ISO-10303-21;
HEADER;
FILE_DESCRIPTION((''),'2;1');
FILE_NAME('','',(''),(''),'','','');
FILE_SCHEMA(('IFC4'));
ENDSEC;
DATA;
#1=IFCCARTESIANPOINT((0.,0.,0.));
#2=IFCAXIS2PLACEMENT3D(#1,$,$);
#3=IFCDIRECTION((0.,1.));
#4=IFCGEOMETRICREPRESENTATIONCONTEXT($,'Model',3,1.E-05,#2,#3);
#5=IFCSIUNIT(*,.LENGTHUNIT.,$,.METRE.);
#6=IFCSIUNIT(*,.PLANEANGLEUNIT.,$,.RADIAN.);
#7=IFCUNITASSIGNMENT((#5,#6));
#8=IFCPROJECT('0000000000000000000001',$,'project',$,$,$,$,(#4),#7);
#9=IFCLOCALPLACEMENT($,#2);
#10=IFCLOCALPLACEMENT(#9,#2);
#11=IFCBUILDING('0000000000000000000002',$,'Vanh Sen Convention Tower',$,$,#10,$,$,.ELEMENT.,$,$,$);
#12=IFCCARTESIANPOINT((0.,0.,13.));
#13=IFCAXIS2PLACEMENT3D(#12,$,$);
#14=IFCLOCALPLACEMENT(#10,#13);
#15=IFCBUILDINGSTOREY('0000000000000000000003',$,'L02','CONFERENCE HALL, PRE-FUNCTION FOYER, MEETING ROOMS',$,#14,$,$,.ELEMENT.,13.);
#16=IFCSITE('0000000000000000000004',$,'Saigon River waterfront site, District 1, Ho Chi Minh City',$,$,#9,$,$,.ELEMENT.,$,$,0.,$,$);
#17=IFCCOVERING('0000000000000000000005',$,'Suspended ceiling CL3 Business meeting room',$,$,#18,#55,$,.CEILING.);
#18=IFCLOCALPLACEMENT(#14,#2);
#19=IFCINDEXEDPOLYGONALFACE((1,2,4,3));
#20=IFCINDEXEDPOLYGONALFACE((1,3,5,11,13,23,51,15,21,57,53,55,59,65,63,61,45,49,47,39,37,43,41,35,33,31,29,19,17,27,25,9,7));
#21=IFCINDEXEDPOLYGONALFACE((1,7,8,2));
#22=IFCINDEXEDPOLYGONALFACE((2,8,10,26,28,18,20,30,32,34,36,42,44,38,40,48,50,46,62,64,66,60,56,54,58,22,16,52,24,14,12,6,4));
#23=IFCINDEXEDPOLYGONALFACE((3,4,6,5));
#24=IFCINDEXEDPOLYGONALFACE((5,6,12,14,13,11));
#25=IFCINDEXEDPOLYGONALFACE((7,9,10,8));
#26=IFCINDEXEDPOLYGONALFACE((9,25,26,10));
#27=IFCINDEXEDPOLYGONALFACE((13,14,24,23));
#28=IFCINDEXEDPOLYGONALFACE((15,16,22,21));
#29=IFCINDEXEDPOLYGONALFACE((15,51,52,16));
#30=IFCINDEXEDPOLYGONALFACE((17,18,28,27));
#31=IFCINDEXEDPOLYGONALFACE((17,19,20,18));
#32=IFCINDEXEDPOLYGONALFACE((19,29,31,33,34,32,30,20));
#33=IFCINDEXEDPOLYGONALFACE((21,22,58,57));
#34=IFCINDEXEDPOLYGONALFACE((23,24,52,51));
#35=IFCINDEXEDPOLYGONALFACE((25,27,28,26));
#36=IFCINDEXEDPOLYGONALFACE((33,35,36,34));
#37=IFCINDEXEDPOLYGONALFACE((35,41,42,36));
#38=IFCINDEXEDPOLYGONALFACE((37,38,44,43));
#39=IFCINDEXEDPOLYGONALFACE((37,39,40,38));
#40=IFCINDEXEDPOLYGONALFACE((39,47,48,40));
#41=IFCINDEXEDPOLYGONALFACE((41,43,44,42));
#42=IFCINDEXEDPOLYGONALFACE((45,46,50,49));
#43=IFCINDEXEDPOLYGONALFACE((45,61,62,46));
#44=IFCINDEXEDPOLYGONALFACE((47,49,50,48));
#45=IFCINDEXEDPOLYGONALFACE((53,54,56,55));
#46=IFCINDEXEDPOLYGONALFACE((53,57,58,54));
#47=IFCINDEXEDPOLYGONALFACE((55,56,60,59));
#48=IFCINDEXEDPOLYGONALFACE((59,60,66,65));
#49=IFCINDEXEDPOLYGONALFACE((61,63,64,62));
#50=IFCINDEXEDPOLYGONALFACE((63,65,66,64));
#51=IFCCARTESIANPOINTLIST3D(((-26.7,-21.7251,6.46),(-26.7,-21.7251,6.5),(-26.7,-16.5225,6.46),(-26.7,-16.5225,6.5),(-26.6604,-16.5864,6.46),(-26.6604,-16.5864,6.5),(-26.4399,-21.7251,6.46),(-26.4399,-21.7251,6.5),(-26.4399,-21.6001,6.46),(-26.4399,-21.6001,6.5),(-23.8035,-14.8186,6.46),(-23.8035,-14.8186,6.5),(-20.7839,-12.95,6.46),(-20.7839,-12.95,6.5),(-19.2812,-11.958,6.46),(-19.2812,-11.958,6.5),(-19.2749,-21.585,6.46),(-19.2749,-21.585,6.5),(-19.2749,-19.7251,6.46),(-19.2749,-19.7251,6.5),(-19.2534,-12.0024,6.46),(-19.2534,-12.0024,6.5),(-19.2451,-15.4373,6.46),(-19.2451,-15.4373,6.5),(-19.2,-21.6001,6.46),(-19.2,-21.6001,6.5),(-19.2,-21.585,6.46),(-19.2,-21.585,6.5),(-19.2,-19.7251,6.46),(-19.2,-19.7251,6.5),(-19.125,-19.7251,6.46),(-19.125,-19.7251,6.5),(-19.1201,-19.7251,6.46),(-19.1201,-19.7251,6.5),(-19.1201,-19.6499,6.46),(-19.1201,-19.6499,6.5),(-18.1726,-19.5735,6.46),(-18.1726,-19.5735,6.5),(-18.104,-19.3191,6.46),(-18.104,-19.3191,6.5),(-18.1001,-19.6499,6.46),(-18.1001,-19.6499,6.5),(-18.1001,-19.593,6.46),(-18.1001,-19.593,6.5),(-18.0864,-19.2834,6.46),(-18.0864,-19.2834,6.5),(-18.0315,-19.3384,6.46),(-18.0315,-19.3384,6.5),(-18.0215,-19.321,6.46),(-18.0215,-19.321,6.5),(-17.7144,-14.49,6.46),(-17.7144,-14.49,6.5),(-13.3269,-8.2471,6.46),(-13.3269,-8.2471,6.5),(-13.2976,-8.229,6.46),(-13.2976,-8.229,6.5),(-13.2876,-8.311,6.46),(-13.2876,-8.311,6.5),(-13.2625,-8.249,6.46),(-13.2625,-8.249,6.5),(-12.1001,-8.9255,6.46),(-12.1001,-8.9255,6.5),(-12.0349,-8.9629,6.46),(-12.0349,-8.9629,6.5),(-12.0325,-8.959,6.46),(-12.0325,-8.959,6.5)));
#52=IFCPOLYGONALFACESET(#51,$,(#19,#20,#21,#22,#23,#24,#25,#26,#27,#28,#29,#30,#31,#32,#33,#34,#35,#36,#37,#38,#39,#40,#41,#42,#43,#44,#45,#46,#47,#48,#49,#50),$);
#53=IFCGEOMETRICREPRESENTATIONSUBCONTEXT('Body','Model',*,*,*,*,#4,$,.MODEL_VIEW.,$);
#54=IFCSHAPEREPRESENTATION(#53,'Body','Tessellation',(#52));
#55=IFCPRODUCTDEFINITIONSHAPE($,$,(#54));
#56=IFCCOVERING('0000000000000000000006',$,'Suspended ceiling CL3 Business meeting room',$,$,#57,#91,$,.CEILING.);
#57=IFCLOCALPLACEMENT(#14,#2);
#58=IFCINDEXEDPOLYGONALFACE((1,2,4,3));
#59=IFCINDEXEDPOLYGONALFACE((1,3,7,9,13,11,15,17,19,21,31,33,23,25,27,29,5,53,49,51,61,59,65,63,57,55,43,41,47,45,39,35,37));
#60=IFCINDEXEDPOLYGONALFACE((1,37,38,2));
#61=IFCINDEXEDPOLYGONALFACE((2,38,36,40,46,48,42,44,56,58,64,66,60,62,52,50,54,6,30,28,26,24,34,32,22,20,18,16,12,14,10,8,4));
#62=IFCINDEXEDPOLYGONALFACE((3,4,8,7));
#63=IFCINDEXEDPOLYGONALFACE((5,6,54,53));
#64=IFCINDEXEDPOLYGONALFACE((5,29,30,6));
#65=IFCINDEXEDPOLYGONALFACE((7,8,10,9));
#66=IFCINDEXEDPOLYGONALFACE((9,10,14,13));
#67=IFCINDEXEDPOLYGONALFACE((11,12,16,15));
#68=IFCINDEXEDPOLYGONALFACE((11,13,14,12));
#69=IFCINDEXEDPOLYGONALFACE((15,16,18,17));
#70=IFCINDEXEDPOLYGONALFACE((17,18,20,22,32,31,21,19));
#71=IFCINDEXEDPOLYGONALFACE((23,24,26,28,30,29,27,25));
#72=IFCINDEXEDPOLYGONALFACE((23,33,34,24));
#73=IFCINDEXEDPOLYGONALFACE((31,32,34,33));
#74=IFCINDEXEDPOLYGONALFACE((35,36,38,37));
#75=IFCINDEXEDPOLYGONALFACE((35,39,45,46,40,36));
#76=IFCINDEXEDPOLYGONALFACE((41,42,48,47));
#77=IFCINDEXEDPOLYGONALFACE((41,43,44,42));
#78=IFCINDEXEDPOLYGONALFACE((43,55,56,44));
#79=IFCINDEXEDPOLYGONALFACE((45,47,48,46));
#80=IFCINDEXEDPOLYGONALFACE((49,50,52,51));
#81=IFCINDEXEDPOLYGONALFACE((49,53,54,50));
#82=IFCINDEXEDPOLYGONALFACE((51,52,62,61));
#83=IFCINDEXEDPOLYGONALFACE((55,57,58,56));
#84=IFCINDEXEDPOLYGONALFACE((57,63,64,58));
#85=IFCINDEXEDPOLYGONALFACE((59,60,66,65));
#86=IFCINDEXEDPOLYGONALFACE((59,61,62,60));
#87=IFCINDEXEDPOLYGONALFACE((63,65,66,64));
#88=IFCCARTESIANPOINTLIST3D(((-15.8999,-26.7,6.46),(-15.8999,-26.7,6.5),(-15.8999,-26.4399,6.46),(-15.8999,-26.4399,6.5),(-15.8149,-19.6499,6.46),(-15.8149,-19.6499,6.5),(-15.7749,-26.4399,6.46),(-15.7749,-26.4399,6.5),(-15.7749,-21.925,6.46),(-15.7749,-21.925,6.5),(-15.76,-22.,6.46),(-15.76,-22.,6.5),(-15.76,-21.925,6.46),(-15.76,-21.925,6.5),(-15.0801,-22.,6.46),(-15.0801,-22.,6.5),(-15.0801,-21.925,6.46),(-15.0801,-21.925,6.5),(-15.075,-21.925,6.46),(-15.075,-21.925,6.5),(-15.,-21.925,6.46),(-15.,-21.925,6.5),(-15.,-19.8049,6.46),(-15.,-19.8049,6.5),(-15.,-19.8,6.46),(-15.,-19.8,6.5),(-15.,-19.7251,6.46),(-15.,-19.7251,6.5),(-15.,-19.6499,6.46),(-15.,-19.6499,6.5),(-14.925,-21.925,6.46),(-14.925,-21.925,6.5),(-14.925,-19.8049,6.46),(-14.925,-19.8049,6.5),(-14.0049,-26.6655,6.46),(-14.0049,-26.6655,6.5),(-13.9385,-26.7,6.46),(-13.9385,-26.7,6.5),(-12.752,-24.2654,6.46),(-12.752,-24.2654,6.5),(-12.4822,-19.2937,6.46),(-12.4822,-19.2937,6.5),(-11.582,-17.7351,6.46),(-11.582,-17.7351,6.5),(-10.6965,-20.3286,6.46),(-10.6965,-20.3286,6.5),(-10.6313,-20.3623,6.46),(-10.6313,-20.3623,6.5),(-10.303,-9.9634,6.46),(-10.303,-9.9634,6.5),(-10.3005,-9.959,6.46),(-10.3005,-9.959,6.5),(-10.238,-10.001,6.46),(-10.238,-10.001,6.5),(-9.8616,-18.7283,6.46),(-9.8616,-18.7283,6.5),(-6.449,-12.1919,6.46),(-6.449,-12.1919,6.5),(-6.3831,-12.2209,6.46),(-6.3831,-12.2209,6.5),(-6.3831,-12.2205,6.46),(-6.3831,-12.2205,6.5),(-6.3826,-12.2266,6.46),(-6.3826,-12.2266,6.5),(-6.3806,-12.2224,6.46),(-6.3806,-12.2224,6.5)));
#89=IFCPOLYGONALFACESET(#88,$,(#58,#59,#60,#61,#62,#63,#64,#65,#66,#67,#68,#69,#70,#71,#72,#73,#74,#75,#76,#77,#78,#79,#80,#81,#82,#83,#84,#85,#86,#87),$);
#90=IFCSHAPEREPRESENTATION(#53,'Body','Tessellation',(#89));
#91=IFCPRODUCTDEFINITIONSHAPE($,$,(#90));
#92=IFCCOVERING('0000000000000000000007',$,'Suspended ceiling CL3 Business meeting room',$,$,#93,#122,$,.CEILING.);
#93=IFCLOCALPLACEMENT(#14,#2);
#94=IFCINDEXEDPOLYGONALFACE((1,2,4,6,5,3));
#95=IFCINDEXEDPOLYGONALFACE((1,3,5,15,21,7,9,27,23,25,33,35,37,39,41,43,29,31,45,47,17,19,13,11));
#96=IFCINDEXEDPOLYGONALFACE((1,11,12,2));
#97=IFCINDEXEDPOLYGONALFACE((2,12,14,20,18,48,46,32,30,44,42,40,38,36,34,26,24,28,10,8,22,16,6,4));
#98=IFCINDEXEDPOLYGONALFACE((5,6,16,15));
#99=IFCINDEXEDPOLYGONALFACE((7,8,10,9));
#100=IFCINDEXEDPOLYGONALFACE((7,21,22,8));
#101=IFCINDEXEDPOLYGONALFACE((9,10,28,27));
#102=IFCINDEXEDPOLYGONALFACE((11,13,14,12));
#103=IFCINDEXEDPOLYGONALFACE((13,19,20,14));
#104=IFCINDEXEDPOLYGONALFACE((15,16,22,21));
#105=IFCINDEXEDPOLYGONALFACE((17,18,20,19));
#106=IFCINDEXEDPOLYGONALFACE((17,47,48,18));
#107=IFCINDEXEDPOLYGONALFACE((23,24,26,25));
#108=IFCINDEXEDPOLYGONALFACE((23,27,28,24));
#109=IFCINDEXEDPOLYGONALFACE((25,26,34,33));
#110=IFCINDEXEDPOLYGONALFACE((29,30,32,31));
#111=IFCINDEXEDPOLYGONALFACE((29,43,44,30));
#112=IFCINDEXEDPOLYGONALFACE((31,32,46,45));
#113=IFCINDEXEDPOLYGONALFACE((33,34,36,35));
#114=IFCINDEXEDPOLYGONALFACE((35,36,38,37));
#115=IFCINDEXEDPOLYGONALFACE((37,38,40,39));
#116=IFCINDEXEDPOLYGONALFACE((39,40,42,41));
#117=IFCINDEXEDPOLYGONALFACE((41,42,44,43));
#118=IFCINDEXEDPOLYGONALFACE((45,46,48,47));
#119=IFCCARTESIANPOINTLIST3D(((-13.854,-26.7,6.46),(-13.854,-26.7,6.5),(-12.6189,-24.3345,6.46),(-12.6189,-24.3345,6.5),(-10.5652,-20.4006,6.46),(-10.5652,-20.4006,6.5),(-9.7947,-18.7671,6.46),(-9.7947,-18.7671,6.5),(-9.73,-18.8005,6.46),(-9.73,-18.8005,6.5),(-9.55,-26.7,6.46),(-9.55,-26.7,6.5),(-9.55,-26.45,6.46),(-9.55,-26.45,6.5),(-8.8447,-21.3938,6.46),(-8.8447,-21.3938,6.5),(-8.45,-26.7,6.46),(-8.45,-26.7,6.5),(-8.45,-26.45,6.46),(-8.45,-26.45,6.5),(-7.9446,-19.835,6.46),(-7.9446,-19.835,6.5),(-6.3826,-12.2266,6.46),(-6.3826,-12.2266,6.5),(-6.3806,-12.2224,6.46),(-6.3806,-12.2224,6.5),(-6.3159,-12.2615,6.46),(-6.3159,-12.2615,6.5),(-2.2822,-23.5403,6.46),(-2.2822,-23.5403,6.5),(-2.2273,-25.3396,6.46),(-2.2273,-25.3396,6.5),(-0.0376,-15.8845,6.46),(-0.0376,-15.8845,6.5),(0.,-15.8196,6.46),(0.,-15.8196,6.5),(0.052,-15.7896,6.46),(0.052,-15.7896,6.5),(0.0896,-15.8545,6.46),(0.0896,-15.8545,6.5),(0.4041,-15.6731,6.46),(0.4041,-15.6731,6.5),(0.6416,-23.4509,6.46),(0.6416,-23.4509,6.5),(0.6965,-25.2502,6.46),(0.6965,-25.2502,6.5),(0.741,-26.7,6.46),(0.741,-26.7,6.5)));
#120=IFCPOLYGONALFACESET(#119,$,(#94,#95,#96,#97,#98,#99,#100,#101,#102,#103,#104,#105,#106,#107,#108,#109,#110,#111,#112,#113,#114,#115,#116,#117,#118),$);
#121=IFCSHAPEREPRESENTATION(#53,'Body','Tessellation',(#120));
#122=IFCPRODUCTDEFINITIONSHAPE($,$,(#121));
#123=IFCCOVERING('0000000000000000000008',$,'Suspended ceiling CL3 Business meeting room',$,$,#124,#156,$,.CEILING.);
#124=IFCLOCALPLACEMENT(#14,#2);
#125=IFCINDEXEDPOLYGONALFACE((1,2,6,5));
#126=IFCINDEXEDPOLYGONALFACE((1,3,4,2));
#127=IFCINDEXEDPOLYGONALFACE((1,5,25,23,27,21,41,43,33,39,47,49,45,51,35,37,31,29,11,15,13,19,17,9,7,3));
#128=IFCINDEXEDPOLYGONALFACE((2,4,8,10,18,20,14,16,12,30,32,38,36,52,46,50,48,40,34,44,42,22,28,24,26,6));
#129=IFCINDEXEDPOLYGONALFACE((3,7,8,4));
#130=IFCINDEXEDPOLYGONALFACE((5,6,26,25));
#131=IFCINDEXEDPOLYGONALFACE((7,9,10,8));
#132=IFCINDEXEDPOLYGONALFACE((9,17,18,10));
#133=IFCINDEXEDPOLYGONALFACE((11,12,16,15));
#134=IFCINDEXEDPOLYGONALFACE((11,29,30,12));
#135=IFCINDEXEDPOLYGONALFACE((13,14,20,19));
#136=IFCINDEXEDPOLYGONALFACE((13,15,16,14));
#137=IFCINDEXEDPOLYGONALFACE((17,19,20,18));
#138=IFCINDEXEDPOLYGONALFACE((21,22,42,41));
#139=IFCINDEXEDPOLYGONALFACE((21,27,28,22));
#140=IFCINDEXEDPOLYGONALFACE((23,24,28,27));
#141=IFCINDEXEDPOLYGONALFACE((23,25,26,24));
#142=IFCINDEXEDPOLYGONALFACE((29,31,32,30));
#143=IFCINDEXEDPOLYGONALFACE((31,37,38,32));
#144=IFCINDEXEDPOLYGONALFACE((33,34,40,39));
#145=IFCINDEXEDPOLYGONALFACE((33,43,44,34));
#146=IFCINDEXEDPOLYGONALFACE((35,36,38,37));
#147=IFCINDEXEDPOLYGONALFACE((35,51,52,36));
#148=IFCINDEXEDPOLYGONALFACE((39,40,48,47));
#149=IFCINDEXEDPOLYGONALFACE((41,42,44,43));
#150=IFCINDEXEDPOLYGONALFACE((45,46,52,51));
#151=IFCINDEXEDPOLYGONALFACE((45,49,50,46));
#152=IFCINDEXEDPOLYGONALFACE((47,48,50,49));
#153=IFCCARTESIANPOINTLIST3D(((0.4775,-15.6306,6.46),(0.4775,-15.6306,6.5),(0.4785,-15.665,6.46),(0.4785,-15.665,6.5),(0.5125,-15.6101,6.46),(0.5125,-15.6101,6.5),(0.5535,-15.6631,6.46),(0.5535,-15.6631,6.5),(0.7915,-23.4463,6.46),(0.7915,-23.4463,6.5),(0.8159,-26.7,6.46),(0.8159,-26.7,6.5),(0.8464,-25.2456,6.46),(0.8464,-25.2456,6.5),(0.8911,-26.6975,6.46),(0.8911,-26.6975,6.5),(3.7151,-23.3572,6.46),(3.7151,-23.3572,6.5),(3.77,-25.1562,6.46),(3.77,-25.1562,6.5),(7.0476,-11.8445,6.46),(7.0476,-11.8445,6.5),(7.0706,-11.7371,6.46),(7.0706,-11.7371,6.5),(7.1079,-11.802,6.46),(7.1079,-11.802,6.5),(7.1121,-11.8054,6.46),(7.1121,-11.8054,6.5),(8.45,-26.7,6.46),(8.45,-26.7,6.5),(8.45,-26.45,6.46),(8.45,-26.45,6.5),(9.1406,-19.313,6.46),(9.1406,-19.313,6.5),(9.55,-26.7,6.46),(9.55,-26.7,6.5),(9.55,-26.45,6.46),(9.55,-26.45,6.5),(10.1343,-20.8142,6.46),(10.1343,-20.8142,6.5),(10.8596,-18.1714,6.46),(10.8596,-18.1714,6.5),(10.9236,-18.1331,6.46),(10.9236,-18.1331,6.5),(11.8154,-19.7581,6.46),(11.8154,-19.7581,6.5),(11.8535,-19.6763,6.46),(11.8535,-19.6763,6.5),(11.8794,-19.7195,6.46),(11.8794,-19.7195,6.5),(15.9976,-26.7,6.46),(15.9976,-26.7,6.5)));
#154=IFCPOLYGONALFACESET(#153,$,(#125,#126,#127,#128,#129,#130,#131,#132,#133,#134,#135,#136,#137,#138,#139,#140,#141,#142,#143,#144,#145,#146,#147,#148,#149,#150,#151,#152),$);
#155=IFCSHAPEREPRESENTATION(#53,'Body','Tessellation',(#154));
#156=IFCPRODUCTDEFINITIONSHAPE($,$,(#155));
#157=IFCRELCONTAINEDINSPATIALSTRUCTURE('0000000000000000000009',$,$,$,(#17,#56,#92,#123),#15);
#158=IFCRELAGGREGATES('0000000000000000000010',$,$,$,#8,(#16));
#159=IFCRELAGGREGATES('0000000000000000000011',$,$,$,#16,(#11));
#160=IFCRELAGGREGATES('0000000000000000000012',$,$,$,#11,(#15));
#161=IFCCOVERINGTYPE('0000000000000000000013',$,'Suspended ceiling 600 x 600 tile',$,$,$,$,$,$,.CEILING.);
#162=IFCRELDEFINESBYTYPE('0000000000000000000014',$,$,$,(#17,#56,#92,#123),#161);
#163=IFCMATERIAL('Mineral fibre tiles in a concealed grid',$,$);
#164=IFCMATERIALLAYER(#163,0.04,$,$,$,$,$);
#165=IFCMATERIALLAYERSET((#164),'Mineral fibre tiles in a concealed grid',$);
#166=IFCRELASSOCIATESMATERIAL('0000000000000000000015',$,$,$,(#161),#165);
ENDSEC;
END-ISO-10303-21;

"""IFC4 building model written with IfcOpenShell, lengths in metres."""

from ifc_helpers import new_model, si_unit, direction, frame, origin, place, context, subcontext, project, spatial, polyline, outline, extrude, material, layer, layer_set, type_object, element, save


model = new_model("IFC4")

# Units and contexts
model_context = context("Model", 3, precision=1e-05, world=origin(), true_north=direction((0.0, 1.0)))
body_context = subcontext(model_context, "Body", "Model", "MODEL_VIEW")
ifc_project = project(units=[si_unit("LENGTHUNIT", "METRE"), si_unit("PLANEANGLEUNIT", "RADIAN")], contexts=[model_context])

# Site, building, storey
site_placement = place(None, origin())
site = spatial("IfcSite", under=ifc_project, at=site_placement, Name="Saigon River waterfront site, District 1, Ho Chi Minh City", CompositionType="ELEMENT", RefElevation=0.0)
building_placement = place(site_placement, origin())
building = spatial("IfcBuilding", under=site, at=building_placement, Name="Vanh Sen Convention Tower", CompositionType="ELEMENT")
storey_placement = place(building_placement, frame((0.0, 0.0, 13.0)))
storey = spatial("IfcBuildingStorey", under=building, at=storey_placement, Name="L02", Description="CONFERENCE HALL, PRE-FUNCTION FOYER, MEETING ROOMS", CompositionType="ELEMENT", Elevation=13.0)

# Coverings
ifc_material_1 = material(Name="Mineral fibre tiles in a concealed grid")
ifc_layer_1 = layer(ifc_material_1, 0.04)
ifc_layer_set_1 = layer_set([ifc_layer_1], Name="Mineral fibre tiles in a concealed grid")
covering_type = type_object("IfcCoveringType", Name="Suspended ceiling 600 x 600 tile", PredefinedType="CEILING", material=ifc_layer_set_1)
covering_1_placement = place(storey_placement, frame((0.0, 0.0, 6.46)))
element("IfcCovering", 1, at=covering_1_placement, inside=storey, type_object=covering_type, Name="Suspended ceiling CL3 Business meeting room", PredefinedType="CEILING", context=body_context, shape_type="SweptSolid", body=[
    extrude(outline(polyline([(-26.4399, -21.6001), (-19.2, -21.6001), (-19.2, -21.585), (-19.2749, -21.585), (-19.2749, -19.7251), (-19.2, -19.7251), (-19.125, -19.7251), (-19.1201, -19.7251), (-19.1201, -19.6499), (-18.1001, -19.6499), (-18.1001, -19.593), (-18.1726, -19.5735), (-18.104, -19.3191), (-18.0315, -19.3384), (-18.0215, -19.321), (-18.0864, -19.2834), (-12.1001, -8.9255), (-12.0349, -8.9629), (-12.0325, -8.959), (-13.2625, -8.249), (-13.2976, -8.229), (-13.3269, -8.2471), (-13.2876, -8.311), (-19.2534, -12.0024), (-19.2812, -11.958), (-17.7144, -14.49), (-19.2451, -15.4373), (-20.7839, -12.95), (-23.8035, -14.8186), (-26.6604, -16.5864), (-26.7, -16.5225), (-26.7, -21.7251), (-26.4399, -21.7251), (-26.4399, -21.6001)])), origin(), (0.0, 0.0, 1.0), 0.04),
])
covering_2_placement = place(storey_placement, frame((0.0, 0.0, 6.46)))
element("IfcCovering", 2, at=covering_2_placement, inside=storey, type_object=covering_type, Name="Suspended ceiling CL3 Business meeting room", PredefinedType="CEILING", context=body_context, shape_type="SweptSolid", body=[
    extrude(outline(polyline([(-15.0, -19.7251), (-15.0, -19.8), (-15.0, -19.8049), (-14.925, -19.8049), (-14.925, -21.925), (-15.0, -21.925), (-15.075, -21.925), (-15.0801, -21.925), (-15.0801, -22.0), (-15.76, -22.0), (-15.76, -21.925), (-15.7749, -21.925), (-15.7749, -26.4399), (-15.8999, -26.4399), (-15.8999, -26.7), (-13.9385, -26.7), (-14.0049, -26.6655), (-12.752, -24.2654), (-10.6965, -20.3286), (-10.6313, -20.3623), (-12.4822, -19.2937), (-11.582, -17.7351), (-9.8616, -18.7283), (-6.449, -12.1919), (-6.3826, -12.2266), (-6.3806, -12.2224), (-6.3831, -12.2209), (-6.3831, -12.2205), (-10.3005, -9.959), (-10.303, -9.9634), (-10.238, -10.001), (-15.8149, -19.6499), (-15.0, -19.6499), (-15.0, -19.7251)])), origin(), (0.0, 0.0, 1.0), 0.04),
])
covering_3_placement = place(storey_placement, frame((0.0, 0.0, 6.46)))
element("IfcCovering", 3, at=covering_3_placement, inside=storey, type_object=covering_type, Name="Suspended ceiling CL3 Business meeting room", PredefinedType="CEILING", context=body_context, shape_type="SweptSolid", body=[
    extrude(outline(polyline([(0.0896, -15.8545), (0.052, -15.7896), (0.0, -15.8196), (-0.0376, -15.8845), (-6.3806, -12.2224), (-6.3826, -12.2266), (-6.3159, -12.2615), (-9.73, -18.8005), (-9.7947, -18.7671), (-7.9446, -19.835), (-8.8447, -21.3938), (-10.5652, -20.4006), (-12.6189, -24.3345), (-13.854, -26.7), (-9.55, -26.7), (-9.55, -26.45), (-8.45, -26.45), (-8.45, -26.7), (0.741, -26.7), (0.6965, -25.2502), (-2.2273, -25.3396), (-2.2822, -23.5403), (0.6416, -23.4509), (0.4041, -15.6731), (0.0896, -15.8545)])), origin(), (0.0, 0.0, 1.0), 0.04),
])
covering_4_placement = place(storey_placement, frame((0.0, 0.0, 6.46)))
element("IfcCovering", 4, at=covering_4_placement, inside=storey, type_object=covering_type, Name="Suspended ceiling CL3 Business meeting room", PredefinedType="CEILING", context=body_context, shape_type="SweptSolid", body=[
    extrude(outline(polyline([(0.8911, -26.6975), (0.8159, -26.7), (8.45, -26.7), (8.45, -26.45), (9.55, -26.45), (9.55, -26.7), (15.9976, -26.7), (11.8154, -19.7581), (11.8794, -19.7195), (11.8535, -19.6763), (10.1343, -20.8142), (9.1406, -19.313), (10.9236, -18.1331), (10.9236, -18.1331), (10.8596, -18.1714), (7.0476, -11.8445), (7.1121, -11.8054), (7.0706, -11.7371), (7.1079, -11.802), (0.5125, -15.6101), (0.4775, -15.6306), (0.4785, -15.665), (0.5535, -15.6631), (0.7915, -23.4463), (3.7151, -23.3572), (3.77, -25.1562), (0.8464, -25.2456), (0.8911, -26.6975)])), origin(), (0.0, 0.0, 1.0), 0.04),
])

save(model, "model.ifc")
